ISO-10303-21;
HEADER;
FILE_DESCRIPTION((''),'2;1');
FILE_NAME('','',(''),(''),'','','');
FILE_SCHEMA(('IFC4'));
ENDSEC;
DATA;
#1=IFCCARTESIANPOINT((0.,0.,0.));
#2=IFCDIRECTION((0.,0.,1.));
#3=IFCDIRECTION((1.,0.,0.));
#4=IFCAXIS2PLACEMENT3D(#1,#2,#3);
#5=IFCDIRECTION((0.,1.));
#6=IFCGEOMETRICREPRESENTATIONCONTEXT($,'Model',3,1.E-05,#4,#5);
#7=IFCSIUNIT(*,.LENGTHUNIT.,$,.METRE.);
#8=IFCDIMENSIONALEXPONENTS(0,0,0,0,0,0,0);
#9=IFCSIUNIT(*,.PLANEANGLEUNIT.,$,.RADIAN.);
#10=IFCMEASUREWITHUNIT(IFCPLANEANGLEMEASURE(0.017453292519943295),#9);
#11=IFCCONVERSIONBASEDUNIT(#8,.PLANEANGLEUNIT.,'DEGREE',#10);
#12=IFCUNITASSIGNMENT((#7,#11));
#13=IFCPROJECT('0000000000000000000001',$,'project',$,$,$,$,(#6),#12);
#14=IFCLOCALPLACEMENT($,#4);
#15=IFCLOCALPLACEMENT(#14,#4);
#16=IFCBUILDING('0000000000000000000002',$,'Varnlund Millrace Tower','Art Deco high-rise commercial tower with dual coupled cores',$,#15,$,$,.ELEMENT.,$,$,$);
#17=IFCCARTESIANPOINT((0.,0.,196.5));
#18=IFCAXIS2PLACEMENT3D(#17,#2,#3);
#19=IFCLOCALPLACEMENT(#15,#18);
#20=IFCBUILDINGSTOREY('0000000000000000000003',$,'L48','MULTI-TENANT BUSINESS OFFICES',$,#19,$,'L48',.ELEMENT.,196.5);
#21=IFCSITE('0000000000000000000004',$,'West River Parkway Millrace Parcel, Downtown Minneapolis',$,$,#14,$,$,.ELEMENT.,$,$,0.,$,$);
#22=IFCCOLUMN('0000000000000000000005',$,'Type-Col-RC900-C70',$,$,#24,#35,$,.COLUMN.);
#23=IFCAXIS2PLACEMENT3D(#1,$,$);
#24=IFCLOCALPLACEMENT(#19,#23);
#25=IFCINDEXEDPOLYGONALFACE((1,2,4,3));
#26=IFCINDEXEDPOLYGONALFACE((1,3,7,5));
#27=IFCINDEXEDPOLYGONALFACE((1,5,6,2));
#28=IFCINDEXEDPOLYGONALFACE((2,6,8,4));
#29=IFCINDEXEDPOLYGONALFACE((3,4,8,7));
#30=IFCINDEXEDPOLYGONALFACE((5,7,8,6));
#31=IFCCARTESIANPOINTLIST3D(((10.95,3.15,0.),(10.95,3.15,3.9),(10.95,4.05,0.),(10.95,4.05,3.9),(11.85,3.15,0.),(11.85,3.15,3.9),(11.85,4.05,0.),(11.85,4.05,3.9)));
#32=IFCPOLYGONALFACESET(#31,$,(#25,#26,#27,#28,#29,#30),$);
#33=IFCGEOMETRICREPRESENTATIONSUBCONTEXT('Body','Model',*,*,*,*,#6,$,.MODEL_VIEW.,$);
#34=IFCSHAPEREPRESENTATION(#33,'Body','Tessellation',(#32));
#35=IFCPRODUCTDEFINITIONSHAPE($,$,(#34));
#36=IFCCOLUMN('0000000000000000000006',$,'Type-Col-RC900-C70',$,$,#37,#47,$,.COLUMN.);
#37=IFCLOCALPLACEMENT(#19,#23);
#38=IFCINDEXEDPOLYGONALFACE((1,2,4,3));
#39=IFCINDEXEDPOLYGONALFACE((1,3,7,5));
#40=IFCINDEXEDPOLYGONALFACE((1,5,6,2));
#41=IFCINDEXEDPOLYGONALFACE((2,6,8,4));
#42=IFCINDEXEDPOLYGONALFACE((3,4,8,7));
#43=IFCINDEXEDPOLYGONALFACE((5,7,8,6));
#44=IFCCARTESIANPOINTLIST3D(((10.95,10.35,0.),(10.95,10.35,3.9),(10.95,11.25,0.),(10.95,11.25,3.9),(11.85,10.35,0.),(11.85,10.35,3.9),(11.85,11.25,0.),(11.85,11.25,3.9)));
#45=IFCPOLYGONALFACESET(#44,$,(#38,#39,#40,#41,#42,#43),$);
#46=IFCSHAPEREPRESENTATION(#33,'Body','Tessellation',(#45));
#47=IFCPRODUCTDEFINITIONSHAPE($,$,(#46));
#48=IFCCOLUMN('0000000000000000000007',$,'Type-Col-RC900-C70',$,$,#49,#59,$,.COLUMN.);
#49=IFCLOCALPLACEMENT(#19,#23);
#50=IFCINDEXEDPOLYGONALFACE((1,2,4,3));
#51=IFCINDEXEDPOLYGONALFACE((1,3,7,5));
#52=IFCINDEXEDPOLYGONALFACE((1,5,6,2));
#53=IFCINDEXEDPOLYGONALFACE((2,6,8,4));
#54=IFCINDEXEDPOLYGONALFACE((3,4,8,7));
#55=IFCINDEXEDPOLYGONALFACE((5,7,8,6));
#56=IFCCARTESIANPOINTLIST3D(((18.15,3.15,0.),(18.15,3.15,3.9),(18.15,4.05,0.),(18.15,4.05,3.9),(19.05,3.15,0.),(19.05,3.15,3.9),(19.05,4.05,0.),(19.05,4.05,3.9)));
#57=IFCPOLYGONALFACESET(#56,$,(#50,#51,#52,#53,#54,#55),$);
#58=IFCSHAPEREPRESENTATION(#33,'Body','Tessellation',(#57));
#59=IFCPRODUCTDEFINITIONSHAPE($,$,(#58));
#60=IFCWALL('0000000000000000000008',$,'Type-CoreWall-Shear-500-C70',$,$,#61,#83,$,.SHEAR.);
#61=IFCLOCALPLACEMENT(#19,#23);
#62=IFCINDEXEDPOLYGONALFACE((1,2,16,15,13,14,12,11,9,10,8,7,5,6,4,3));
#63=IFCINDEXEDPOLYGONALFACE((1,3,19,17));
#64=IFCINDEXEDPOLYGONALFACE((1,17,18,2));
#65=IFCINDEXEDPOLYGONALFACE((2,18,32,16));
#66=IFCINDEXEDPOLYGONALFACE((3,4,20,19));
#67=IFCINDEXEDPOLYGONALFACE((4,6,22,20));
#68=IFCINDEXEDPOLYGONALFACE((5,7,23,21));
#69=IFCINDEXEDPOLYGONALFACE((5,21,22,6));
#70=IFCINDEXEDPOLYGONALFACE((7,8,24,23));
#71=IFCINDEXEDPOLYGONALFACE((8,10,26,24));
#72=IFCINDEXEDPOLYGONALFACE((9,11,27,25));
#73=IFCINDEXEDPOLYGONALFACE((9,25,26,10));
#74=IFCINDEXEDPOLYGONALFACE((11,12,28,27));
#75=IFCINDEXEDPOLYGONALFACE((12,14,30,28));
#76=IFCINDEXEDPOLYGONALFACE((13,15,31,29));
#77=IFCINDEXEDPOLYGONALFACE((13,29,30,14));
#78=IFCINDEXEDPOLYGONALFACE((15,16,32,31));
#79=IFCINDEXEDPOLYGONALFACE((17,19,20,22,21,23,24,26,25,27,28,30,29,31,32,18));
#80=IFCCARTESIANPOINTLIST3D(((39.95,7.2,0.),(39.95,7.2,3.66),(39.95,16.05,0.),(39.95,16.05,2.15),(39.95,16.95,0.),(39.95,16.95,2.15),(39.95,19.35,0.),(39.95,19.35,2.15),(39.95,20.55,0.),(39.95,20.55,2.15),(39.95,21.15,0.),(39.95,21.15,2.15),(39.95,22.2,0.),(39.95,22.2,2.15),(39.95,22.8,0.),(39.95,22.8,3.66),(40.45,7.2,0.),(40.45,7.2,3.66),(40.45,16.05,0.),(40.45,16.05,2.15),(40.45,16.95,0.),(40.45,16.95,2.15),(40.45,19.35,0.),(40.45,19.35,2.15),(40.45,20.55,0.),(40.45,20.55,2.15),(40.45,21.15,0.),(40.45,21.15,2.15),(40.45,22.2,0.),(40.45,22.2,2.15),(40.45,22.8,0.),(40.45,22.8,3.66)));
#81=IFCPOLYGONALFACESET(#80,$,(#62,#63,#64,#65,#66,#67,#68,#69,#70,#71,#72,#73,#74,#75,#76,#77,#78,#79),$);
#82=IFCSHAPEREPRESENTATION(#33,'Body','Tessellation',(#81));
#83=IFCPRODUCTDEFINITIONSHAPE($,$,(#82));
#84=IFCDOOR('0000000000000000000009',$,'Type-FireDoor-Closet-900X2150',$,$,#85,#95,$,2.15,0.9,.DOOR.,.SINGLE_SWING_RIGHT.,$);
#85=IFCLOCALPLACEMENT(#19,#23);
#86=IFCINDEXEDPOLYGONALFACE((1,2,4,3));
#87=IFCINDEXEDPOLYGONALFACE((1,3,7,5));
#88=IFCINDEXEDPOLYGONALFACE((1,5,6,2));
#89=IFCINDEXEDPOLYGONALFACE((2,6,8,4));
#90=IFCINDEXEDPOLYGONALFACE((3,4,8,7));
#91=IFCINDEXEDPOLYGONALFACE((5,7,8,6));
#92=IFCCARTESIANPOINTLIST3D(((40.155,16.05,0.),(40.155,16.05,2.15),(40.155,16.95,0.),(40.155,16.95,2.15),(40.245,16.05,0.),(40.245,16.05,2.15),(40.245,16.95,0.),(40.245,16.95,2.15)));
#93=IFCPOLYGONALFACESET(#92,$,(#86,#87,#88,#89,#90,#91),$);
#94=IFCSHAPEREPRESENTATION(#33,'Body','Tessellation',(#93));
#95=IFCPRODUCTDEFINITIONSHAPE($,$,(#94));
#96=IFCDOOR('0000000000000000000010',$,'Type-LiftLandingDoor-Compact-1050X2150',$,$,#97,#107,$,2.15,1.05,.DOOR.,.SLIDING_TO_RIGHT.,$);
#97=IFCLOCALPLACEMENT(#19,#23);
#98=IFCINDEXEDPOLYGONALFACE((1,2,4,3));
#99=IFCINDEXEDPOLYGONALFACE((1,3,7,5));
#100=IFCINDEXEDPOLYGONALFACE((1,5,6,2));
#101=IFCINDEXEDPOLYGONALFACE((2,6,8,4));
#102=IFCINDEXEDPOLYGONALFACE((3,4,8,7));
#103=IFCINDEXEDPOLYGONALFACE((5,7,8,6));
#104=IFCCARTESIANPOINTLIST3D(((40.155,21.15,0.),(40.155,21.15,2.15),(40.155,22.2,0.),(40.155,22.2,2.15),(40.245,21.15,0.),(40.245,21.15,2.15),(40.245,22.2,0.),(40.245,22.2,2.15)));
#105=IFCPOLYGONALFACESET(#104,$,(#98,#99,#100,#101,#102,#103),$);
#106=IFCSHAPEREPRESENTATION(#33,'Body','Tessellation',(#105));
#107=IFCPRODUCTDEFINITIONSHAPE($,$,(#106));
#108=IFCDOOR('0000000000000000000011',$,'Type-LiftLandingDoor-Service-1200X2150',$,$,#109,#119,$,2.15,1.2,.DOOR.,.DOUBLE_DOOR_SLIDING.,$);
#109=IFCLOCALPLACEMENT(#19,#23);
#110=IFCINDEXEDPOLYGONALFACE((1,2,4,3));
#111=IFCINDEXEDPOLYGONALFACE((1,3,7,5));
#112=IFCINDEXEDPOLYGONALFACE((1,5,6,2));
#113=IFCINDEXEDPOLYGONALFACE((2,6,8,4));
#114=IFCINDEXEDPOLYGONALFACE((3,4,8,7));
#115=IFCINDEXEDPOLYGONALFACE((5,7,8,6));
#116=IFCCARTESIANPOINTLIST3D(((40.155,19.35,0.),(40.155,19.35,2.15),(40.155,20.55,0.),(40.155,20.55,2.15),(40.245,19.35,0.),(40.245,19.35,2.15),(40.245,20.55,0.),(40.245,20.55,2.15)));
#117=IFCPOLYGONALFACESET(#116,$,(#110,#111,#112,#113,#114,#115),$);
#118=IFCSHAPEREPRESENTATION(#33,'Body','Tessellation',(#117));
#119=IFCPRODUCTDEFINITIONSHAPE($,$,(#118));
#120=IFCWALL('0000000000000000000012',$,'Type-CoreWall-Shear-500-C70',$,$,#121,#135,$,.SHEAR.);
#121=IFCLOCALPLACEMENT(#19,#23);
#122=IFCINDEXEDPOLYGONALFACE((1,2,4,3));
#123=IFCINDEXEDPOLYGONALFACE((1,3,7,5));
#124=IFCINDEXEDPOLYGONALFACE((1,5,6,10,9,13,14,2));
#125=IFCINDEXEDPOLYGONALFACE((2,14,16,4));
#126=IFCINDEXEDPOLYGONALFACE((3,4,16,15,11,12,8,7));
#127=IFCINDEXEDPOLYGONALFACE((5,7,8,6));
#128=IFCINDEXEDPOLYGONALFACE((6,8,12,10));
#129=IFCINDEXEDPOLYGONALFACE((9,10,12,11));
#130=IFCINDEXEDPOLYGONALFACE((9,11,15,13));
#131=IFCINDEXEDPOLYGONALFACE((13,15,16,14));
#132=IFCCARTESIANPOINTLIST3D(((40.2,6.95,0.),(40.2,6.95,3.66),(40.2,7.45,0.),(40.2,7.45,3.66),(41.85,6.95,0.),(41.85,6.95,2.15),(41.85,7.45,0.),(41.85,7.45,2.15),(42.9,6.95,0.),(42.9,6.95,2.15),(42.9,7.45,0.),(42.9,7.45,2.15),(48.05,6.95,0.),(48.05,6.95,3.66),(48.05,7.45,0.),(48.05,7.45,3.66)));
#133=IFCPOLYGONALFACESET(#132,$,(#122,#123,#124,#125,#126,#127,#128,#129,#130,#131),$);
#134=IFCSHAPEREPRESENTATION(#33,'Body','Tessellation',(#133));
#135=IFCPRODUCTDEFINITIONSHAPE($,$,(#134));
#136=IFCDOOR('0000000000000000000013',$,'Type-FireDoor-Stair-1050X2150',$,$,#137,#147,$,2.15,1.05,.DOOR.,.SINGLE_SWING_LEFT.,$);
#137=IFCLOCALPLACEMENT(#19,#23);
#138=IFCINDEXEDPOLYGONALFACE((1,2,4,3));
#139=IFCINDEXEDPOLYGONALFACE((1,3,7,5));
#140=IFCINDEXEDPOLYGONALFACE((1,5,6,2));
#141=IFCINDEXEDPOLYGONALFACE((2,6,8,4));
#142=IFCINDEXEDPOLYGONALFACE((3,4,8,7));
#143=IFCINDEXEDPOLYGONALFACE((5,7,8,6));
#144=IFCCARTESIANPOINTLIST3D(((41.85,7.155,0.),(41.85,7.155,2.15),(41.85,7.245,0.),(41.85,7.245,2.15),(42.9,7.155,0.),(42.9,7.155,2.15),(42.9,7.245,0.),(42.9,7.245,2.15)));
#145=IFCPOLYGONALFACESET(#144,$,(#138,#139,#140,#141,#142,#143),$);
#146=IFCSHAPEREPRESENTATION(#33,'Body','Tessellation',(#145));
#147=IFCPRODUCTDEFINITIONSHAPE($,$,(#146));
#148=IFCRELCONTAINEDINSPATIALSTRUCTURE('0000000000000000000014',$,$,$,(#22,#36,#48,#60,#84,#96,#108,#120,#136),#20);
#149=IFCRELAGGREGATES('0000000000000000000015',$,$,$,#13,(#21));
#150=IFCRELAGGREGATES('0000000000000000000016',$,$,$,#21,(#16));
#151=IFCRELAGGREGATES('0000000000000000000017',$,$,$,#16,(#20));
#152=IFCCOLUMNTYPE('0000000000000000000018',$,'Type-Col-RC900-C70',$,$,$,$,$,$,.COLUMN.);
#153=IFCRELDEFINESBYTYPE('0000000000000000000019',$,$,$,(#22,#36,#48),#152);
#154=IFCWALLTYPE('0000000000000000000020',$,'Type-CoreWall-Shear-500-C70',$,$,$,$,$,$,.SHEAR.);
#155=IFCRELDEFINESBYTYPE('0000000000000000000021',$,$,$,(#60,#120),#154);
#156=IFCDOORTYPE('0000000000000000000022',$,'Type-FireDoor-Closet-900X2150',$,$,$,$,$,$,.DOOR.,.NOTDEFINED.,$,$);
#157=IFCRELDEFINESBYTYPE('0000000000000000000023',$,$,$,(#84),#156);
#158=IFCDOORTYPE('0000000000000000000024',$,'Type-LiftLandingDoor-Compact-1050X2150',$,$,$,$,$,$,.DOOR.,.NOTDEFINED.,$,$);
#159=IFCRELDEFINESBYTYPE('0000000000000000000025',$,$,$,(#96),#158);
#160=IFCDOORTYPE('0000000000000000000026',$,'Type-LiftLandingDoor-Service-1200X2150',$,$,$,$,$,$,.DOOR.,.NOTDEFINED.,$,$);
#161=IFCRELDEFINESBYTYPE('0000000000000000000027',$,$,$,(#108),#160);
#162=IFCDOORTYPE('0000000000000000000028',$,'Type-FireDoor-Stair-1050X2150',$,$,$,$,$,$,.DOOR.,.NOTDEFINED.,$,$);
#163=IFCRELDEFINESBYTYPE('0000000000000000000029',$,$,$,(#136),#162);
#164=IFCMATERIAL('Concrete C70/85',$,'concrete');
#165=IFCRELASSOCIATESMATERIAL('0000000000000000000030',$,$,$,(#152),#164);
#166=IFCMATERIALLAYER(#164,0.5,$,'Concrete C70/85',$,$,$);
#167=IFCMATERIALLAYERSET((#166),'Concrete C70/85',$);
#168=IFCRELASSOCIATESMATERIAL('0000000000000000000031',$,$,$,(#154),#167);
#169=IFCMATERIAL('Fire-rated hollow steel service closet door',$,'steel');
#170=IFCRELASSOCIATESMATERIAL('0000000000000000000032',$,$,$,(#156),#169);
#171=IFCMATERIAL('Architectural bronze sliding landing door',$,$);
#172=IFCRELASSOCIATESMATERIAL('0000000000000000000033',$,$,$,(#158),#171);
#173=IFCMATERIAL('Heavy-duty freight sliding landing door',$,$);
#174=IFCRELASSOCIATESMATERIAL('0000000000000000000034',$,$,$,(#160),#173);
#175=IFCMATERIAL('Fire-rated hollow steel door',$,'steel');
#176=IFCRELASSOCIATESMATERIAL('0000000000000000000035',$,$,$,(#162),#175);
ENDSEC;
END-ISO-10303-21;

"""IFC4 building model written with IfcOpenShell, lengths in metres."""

from ifc_helpers import new_model, entity, si_unit, converted_unit, direction, frame, origin_with_axes, origin_2d_with_axis, place, context, subcontext, project, spatial, polyline, rectangle, outline, extrude, material, layer, layer_set, material_profile, profile_set, type_object, element, fill, save


model = new_model("IFC4")

# Units and contexts
model_context = context("Model", 3, precision=1e-05, world=origin_with_axes(), true_north=direction((0.0, 1.0)))
body_context = subcontext(model_context, "Body", "Model", "MODEL_VIEW")
ifc_project = project(units=[si_unit("LENGTHUNIT", "METRE"), converted_unit("PLANEANGLEUNIT", "DEGREE", entity("IfcPlaneAngleMeasure", 0.017453292519943295), si_unit("PLANEANGLEUNIT", "RADIAN"), dimensions=[0, 0, 0, 0, 0, 0, 0])], contexts=[model_context])

# Site, building, storey
site_placement = place(None, origin_with_axes())
site = spatial("IfcSite", under=ifc_project, at=site_placement, Name="West River Parkway Millrace Parcel, Downtown Minneapolis", CompositionType="ELEMENT", RefElevation=0.0)
building_placement = place(site_placement, origin_with_axes())
building = spatial("IfcBuilding", under=site, at=building_placement, Name="Varnlund Millrace Tower", Description="Art Deco high-rise commercial tower with dual coupled cores", CompositionType="ELEMENT")
storey_placement = place(building_placement, frame((0.0, 0.0, 196.5), z_axis=(0.0, 0.0, 1.0), x_axis=(1.0, 0.0, 0.0)))
storey = spatial("IfcBuildingStorey", under=building, at=storey_placement, Name="L48", Description="MULTI-TENANT BUSINESS OFFICES", LongName="L48", CompositionType="ELEMENT", Elevation=196.5)

# Columns
ifc_material_1 = material(Name="Concrete C70/85", Category="concrete")
ifc_material_profile = material_profile(ifc_material_1, rectangle(XDim=0.9, YDim=0.9, at=origin_2d_with_axis()), Name="Concrete C70/85")
ifc_profile_set = profile_set([ifc_material_profile], Name="Concrete C70/85")
column_type = type_object("IfcColumnType", Name="Type-Col-RC900-C70", PredefinedType="COLUMN", material=ifc_profile_set)
for number, where, z_axis, x_axis, name in (
    (1, (11.4, 3.6, 0.0), (0.0, 0.0, 1.0), (1.0, 0.0, 0.0), "Type-Col-RC900-C70"),
    (2, (11.4, 10.8, 0.0), (0.0, 0.0, 1.0), (1.0, 0.0, 0.0), "Type-Col-RC900-C70"),
    (3, (18.6, 3.6, 0.0), (0.0, 0.0, 1.0), (1.0, 0.0, 0.0), "Type-Col-RC900-C70"),
):
    element("IfcColumn", number, at=place(storey_placement, frame(where, z_axis=z_axis, x_axis=x_axis)), inside=storey, type_object=column_type, Name=name, PredefinedType="COLUMN", context=body_context, shape_type="SweptSolid", body=[
        extrude(rectangle(XDim=0.9, YDim=0.9, at=origin_2d_with_axis()), origin_with_axes(), (0.0, 0.0, 1.0), 3.9),
    ])

# Wall, openings, doors
ifc_layer_1 = layer(ifc_material_1, 0.5, Name="Concrete C70/85")
ifc_layer_set_1 = layer_set([ifc_layer_1], Name="Concrete C70/85")
wall_type_1 = type_object("IfcWallType", Name="Type-CoreWall-Shear-500-C70", PredefinedType="SHEAR", material=ifc_layer_set_1)
wall_1_placement = place(storey_placement, frame((40.2, 7.2, 0.0), z_axis=(0.0, 0.0, 1.0), x_axis=(0.0, 1.0, 0.0)))
wall_1 = element("IfcWall", 4, at=wall_1_placement, inside=storey, type_object=wall_type_1, Name="Type-CoreWall-Shear-500-C70", PredefinedType="SHEAR", context=body_context, shape_type="SweptSolid", body=[
    extrude(outline(polyline([(0.0, -0.25), (15.6, -0.25), (15.6, 0.25), (0.0, 0.25), (0.0, -0.25)])), origin_with_axes(), (0.0, 0.0, 1.0), 3.66),
])
opening_1_placement = place(wall_1_placement, frame((14.475, 0.0, 0.0), z_axis=(0.0, 0.0, 1.0), x_axis=(1.0, 0.0, 0.0)))
opening_1 = element("IfcOpeningElement", 5, at=opening_1_placement, cuts=wall_1, PredefinedType="OPENING", context=body_context, shape_type="SweptSolid", body=[
    extrude(rectangle(XDim=1.05, YDim=0.52, at=origin_2d_with_axis()), origin_with_axes(), (0.0, 0.0, 1.0), 2.15),
])
opening_2_placement = place(wall_1_placement, frame((12.75, 0.0, 0.0), z_axis=(0.0, 0.0, 1.0), x_axis=(1.0, 0.0, 0.0)))
opening_2 = element("IfcOpeningElement", 6, at=opening_2_placement, cuts=wall_1, PredefinedType="OPENING", context=body_context, shape_type="SweptSolid", body=[
    extrude(rectangle(XDim=1.2, YDim=0.52, at=origin_2d_with_axis()), origin_with_axes(), (0.0, 0.0, 1.0), 2.15),
])
opening_3_placement = place(wall_1_placement, frame((9.3, 0.0, 0.0), z_axis=(0.0, 0.0, 1.0), x_axis=(1.0, 0.0, 0.0)))
opening_3 = element("IfcOpeningElement", 7, at=opening_3_placement, cuts=wall_1, PredefinedType="OPENING", context=body_context, shape_type="SweptSolid", body=[
    extrude(rectangle(XDim=0.9, YDim=0.52, at=origin_2d_with_axis()), origin_with_axes(), (0.0, 0.0, 1.0), 2.15),
])
ifc_material_2 = material(Name="Fire-rated hollow steel service closet door", Category="steel")
door_type_1 = type_object("IfcDoorType", Name="Type-FireDoor-Closet-900X2150", OperationType="NOTDEFINED", PredefinedType="DOOR", material=ifc_material_2)
door_1_placement = place(wall_1_placement, frame((9.3, 0.0, 0.0), z_axis=(0.0, 0.0, 1.0), x_axis=(1.0, 0.0, 0.0)))
door_1 = element("IfcDoor", 8, at=door_1_placement, inside=storey, type_object=door_type_1, Name="Type-FireDoor-Closet-900X2150", OperationType="SINGLE_SWING_RIGHT", OverallHeight=2.15, OverallWidth=0.9, PredefinedType="DOOR", context=body_context, shape_type="SweptSolid", body=[
    extrude(rectangle(XDim=0.9, YDim=0.09, at=origin_2d_with_axis()), origin_with_axes(), (0.0, 0.0, 1.0), 2.15),
])
fill(opening_3, door_1)
ifc_material_3 = material(Name="Architectural bronze sliding landing door")
door_type_2 = type_object("IfcDoorType", Name="Type-LiftLandingDoor-Compact-1050X2150", OperationType="NOTDEFINED", PredefinedType="DOOR", material=ifc_material_3)
door_2_placement = place(wall_1_placement, frame((14.475, 0.0, 0.0), z_axis=(0.0, 0.0, 1.0), x_axis=(1.0, 0.0, 0.0)))
door_2 = element("IfcDoor", 9, at=door_2_placement, inside=storey, type_object=door_type_2, Name="Type-LiftLandingDoor-Compact-1050X2150", OperationType="SLIDING_TO_RIGHT", OverallHeight=2.15, OverallWidth=1.05, PredefinedType="DOOR", context=body_context, shape_type="SweptSolid", body=[
    extrude(rectangle(XDim=1.05, YDim=0.09, at=origin_2d_with_axis()), origin_with_axes(), (0.0, 0.0, 1.0), 2.15),
])
fill(opening_1, door_2)
ifc_material_4 = material(Name="Heavy-duty freight sliding landing door")
door_type_3 = type_object("IfcDoorType", Name="Type-LiftLandingDoor-Service-1200X2150", OperationType="NOTDEFINED", PredefinedType="DOOR", material=ifc_material_4)
door_3_placement = place(wall_1_placement, frame((12.75, 0.0, 0.0), z_axis=(0.0, 0.0, 1.0), x_axis=(1.0, 0.0, 0.0)))
door_3 = element("IfcDoor", 10, at=door_3_placement, inside=storey, type_object=door_type_3, Name="Type-LiftLandingDoor-Service-1200X2150", OperationType="DOUBLE_DOOR_SLIDING", OverallHeight=2.15, OverallWidth=1.2, PredefinedType="DOOR", context=body_context, shape_type="SweptSolid", body=[
    extrude(rectangle(XDim=1.2, YDim=0.09, at=origin_2d_with_axis()), origin_with_axes(), (0.0, 0.0, 1.0), 2.15),
])
fill(opening_2, door_3)

# Wall, opening, door
wall_2_placement = place(storey_placement, frame((40.2, 7.2, 0.0), z_axis=(0.0, 0.0, 1.0), x_axis=(1.0, 0.0, 0.0)))
wall_2 = element("IfcWall", 11, at=wall_2_placement, inside=storey, type_object=wall_type_1, Name="Type-CoreWall-Shear-500-C70", PredefinedType="SHEAR", context=body_context, shape_type="SweptSolid", body=[
    extrude(outline(polyline([(0.0, -0.25), (7.85, -0.25), (7.85, 0.25), (0.0, 0.25), (0.0, -0.25)])), origin_with_axes(), (0.0, 0.0, 1.0), 3.66),
])
opening_4_placement = place(wall_2_placement, frame((2.175, 0.0, 0.0), z_axis=(0.0, 0.0, 1.0), x_axis=(1.0, 0.0, 0.0)))
opening_4 = element("IfcOpeningElement", 12, at=opening_4_placement, cuts=wall_2, PredefinedType="OPENING", context=body_context, shape_type="SweptSolid", body=[
    extrude(rectangle(XDim=1.05, YDim=0.52, at=origin_2d_with_axis()), origin_with_axes(), (0.0, 0.0, 1.0), 2.15),
])
ifc_material_5 = material(Name="Fire-rated hollow steel door", Category="steel")
door_type_4 = type_object("IfcDoorType", Name="Type-FireDoor-Stair-1050X2150", OperationType="NOTDEFINED", PredefinedType="DOOR", material=ifc_material_5)
door_4_placement = place(wall_2_placement, frame((2.175, 0.0, 0.0), z_axis=(0.0, 0.0, 1.0), x_axis=(1.0, 0.0, 0.0)))
door_4 = element("IfcDoor", 13, at=door_4_placement, inside=storey, type_object=door_type_4, Name="Type-FireDoor-Stair-1050X2150", OperationType="SINGLE_SWING_LEFT", OverallHeight=2.15, OverallWidth=1.05, PredefinedType="DOOR", context=body_context, shape_type="SweptSolid", body=[
    extrude(rectangle(XDim=1.05, YDim=0.09, at=origin_2d_with_axis()), origin_with_axes(), (0.0, 0.0, 1.0), 2.15),
])
fill(opening_4, door_4)

save(model, "model.ifc")
